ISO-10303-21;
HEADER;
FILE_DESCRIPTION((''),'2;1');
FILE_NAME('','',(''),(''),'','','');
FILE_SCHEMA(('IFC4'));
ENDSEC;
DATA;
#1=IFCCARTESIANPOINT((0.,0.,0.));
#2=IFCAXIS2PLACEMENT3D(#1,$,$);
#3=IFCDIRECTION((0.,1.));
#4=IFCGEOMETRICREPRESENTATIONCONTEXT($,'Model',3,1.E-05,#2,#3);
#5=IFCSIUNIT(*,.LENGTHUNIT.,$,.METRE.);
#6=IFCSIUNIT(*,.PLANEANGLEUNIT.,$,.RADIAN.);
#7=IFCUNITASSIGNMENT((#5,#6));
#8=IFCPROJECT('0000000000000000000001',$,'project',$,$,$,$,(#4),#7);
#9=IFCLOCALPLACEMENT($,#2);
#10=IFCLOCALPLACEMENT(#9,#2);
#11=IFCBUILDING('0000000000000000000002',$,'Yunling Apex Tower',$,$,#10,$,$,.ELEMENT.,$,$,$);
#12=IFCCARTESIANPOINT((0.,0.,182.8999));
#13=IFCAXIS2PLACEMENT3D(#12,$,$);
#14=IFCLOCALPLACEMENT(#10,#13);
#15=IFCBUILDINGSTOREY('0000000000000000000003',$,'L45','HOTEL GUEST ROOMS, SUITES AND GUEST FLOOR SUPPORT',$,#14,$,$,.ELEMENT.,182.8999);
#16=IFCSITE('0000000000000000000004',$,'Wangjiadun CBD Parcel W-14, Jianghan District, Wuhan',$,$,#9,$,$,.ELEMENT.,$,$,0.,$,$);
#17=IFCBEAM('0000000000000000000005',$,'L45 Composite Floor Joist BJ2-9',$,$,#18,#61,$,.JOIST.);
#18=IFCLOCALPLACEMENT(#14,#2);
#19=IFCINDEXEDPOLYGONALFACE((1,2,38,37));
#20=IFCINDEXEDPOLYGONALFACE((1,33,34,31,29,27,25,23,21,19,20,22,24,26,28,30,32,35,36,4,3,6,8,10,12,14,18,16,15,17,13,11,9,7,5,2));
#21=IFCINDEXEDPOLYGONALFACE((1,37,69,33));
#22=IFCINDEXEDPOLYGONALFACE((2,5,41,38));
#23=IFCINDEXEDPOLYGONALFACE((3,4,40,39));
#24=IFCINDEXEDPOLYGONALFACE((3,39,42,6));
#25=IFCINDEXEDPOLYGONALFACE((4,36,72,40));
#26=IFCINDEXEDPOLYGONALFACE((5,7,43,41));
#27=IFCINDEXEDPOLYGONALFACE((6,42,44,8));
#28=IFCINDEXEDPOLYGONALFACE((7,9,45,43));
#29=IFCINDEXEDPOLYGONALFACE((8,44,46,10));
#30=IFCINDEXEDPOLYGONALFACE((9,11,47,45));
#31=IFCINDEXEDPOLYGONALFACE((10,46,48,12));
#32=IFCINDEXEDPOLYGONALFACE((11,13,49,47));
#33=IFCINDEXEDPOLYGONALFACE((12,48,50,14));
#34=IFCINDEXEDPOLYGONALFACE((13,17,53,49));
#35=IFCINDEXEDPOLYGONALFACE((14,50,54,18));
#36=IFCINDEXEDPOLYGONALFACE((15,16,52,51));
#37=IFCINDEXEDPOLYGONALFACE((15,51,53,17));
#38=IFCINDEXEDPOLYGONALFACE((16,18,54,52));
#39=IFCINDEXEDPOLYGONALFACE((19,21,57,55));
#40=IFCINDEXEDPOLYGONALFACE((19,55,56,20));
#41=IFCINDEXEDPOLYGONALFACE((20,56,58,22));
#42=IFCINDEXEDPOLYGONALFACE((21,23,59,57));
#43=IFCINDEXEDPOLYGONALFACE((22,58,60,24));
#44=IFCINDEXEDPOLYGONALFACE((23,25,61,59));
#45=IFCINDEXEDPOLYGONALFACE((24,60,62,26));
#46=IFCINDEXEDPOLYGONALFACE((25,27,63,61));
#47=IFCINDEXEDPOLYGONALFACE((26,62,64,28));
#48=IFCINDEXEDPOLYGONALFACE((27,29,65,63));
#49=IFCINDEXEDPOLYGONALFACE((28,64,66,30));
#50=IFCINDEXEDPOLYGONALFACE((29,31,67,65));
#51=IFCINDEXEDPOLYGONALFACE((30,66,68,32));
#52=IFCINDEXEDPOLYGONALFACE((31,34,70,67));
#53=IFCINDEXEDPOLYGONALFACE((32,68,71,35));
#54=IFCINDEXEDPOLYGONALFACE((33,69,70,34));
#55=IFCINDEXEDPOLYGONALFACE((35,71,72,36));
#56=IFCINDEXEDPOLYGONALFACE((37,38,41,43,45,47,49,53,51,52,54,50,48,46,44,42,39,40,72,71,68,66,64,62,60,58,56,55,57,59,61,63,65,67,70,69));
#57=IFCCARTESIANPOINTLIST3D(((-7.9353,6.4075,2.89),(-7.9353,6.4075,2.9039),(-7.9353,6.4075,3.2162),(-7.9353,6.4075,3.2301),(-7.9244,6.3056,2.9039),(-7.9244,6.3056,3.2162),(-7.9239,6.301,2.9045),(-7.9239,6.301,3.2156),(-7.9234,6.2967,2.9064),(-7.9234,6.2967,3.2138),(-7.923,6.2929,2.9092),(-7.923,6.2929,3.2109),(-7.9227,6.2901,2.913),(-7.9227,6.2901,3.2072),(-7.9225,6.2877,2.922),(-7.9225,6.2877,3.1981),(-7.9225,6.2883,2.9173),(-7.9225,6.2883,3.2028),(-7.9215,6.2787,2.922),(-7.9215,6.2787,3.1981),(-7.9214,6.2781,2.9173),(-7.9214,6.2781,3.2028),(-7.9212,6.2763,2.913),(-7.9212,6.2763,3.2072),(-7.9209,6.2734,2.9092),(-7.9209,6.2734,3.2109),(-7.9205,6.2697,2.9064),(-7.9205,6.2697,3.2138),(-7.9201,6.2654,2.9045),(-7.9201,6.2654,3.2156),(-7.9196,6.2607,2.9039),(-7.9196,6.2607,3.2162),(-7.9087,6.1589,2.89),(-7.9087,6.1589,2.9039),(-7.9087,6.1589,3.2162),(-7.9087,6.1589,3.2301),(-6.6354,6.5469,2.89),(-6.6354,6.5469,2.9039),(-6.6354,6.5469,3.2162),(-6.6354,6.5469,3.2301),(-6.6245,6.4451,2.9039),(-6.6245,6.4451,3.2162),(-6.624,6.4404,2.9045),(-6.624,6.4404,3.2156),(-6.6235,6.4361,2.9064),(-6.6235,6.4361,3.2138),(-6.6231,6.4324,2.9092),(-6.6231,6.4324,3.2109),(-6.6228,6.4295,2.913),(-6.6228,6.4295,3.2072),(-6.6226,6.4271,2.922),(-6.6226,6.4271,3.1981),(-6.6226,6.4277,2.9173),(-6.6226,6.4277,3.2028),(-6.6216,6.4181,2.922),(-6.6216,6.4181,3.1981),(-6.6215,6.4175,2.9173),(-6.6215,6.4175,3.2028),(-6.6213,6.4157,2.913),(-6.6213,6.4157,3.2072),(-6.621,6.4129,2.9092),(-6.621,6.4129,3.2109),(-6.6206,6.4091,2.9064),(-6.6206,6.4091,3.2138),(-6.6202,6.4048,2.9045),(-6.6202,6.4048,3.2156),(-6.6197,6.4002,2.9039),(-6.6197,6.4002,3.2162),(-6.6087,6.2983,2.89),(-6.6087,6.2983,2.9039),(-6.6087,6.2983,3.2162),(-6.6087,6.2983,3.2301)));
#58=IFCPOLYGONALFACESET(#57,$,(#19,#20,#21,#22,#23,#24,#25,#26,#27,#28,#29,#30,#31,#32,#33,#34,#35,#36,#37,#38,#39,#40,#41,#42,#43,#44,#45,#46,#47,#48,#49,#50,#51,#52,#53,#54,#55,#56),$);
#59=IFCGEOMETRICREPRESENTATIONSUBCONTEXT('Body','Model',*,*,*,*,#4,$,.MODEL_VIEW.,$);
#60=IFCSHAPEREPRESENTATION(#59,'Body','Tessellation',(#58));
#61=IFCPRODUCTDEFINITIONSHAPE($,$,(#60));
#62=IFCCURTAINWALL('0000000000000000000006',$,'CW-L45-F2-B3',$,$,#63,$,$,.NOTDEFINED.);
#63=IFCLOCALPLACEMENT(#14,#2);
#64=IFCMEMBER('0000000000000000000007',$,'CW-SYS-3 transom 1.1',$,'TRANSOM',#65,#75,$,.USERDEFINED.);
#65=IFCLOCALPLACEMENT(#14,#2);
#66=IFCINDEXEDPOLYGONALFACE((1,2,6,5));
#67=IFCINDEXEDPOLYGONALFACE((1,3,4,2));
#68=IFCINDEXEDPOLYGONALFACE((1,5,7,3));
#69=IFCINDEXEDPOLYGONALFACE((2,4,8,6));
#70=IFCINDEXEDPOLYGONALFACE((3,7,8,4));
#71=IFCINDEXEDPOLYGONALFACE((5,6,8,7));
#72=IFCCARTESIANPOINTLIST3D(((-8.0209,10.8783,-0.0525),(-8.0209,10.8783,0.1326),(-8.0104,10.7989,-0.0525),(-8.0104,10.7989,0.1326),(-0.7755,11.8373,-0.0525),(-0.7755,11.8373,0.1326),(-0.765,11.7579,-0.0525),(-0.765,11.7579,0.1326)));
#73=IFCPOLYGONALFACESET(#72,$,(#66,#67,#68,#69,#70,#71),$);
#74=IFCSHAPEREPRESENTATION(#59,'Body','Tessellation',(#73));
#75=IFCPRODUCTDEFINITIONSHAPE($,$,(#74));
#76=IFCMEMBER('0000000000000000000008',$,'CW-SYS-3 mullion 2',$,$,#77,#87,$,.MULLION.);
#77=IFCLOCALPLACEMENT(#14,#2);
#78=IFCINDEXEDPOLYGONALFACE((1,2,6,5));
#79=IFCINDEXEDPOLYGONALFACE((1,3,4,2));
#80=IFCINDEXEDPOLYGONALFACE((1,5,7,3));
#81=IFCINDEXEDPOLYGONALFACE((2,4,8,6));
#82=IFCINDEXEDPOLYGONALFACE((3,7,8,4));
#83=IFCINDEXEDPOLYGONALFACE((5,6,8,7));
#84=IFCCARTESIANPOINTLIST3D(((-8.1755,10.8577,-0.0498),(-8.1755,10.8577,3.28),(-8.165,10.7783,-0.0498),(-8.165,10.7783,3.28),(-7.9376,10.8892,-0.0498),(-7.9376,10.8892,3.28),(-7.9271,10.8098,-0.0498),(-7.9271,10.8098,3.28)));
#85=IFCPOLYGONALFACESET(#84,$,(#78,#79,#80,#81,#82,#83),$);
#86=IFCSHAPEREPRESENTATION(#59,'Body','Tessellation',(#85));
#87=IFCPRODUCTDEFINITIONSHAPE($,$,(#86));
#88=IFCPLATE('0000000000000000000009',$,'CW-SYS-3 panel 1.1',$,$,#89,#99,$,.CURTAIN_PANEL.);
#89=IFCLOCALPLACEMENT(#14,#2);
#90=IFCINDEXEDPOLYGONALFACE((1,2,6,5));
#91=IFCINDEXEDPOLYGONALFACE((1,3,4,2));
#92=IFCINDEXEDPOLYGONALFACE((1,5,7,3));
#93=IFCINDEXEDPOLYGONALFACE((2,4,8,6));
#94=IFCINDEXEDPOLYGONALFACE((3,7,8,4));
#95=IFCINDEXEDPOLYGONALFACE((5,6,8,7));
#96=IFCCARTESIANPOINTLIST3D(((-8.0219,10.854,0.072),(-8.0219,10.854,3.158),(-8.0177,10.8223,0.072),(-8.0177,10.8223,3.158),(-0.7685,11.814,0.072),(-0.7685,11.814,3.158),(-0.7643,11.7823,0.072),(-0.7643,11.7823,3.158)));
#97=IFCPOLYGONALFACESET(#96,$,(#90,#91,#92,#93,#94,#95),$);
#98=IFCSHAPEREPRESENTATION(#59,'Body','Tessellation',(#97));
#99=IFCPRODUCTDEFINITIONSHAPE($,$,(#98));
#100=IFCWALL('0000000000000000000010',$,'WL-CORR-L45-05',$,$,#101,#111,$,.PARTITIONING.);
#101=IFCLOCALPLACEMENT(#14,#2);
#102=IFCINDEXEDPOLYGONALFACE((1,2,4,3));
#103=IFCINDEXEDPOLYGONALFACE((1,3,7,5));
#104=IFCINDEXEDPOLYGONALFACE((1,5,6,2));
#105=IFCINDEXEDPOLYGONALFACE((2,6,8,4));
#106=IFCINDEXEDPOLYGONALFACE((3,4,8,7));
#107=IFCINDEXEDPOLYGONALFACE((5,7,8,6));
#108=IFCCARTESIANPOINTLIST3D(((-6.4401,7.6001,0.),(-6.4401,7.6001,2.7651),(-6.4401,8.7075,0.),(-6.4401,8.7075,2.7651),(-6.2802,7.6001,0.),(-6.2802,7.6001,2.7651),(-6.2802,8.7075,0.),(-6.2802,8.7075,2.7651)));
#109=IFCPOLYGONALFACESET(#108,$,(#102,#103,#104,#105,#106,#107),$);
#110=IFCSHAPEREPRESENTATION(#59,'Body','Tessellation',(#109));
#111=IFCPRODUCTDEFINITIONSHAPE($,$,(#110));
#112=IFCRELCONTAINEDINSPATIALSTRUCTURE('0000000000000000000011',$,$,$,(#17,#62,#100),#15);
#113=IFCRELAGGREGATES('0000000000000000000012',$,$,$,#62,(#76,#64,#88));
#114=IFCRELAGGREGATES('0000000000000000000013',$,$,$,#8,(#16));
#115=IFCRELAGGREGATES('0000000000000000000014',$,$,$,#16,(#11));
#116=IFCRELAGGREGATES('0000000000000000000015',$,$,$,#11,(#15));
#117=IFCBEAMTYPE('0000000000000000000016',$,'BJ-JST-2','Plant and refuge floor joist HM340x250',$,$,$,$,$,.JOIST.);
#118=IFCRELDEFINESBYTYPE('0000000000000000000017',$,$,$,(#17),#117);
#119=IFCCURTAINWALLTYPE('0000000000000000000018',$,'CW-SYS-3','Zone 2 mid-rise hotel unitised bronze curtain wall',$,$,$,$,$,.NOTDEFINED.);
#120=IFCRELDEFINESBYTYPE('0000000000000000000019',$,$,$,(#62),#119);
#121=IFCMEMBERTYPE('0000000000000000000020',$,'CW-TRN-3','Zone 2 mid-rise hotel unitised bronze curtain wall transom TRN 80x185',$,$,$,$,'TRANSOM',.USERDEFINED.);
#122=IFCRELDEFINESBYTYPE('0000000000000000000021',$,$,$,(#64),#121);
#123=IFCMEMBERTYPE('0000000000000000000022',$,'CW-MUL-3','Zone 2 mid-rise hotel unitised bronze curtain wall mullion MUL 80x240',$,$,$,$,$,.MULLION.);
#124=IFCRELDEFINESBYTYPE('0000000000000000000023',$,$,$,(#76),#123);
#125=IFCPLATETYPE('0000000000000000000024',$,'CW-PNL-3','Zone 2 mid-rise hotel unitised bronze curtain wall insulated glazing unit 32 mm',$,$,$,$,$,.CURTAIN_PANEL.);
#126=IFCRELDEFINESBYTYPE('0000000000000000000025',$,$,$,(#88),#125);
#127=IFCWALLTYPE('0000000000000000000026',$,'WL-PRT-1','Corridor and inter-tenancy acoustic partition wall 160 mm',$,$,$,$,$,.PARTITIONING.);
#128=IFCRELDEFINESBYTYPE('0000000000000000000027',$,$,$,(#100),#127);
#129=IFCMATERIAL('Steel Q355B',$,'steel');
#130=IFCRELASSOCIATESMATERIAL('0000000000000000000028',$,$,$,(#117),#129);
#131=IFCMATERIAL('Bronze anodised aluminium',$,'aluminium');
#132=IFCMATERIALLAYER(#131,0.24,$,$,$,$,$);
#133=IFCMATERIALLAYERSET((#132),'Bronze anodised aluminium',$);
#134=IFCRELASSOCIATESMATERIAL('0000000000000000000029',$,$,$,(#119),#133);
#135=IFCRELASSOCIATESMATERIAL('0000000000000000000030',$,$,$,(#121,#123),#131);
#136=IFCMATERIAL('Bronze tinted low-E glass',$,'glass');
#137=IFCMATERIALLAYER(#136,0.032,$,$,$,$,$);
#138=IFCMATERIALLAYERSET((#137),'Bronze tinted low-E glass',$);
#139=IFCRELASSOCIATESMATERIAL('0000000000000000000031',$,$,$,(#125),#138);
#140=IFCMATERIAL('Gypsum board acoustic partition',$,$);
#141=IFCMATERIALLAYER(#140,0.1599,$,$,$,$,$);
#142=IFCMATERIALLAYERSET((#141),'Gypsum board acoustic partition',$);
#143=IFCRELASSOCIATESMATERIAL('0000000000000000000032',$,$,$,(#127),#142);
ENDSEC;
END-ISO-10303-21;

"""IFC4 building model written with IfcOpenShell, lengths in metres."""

from ifc_helpers import new_model, si_unit, direction, frame, frame_2d, origin, origin_2d, place, context, subcontext, project, spatial, rectangle, i_section, extrude, source, transform, mapped, material, layer, layer_set, material_profile, profile_set, type_object, element, aggregate, save


model = new_model("IFC4")

# Units and contexts
model_context = context("Model", 3, precision=1e-05, world=origin(), true_north=direction((0.0, 1.0)))
body_context = subcontext(model_context, "Body", "Model", "MODEL_VIEW")
ifc_project = project(units=[si_unit("LENGTHUNIT", "METRE"), si_unit("PLANEANGLEUNIT", "RADIAN")], contexts=[model_context])

# Site, building, storey
site_placement = place(None, origin())
site = spatial("IfcSite", under=ifc_project, at=site_placement, Name="Wangjiadun CBD Parcel W-14, Jianghan District, Wuhan", CompositionType="ELEMENT", RefElevation=0.0)
building_placement = place(site_placement, origin())
building = spatial("IfcBuilding", under=site, at=building_placement, Name="Yunling Apex Tower", CompositionType="ELEMENT")
storey_placement = place(building_placement, frame((0.0, 0.0, 182.8999)))
storey = spatial("IfcBuildingStorey", under=building, at=storey_placement, Name="L45", Description="HOTEL GUEST ROOMS, SUITES AND GUEST FLOOR SUPPORT", CompositionType="ELEMENT", Elevation=182.8999)

# Beam
ifc_material_1 = material(Name="Steel Q355B", Category="steel")
ifc_material_profile_1 = material_profile(ifc_material_1, i_section(OverallWidth=0.25, OverallDepth=0.3401, WebThickness=0.009, FlangeThickness=0.0139, FilletRadius=0.0181, at=origin_2d()))
ifc_profile_set_1 = profile_set([ifc_material_profile_1], Name="Steel Q355B")
beam_type_1 = type_object("IfcBeamType", Name="BJ-JST-2", Description="Plant and refuge floor joist HM340x250", PredefinedType="JOIST", material=ifc_profile_set_1)
shared_shape_1 = source(origin(), body_context, "Body", "SweptSolid", [
    extrude(i_section(OverallWidth=0.25, OverallDepth=0.3401, WebThickness=0.009, FlangeThickness=0.0139, FilletRadius=0.0181, at=origin_2d()), origin(), (0.0, 0.0, 1.0), 1.3074),
])
beam_1_placement = place(storey_placement, frame((-6.6221, 6.4226, 3.0601), z_axis=(-0.994298, -0.106639, 0.0), x_axis=(0.106639, -0.994298, 0.0)))
element("IfcBeam", 1, at=beam_1_placement, inside=storey, type_object=beam_type_1, Name="L45 Composite Floor Joist BJ2-9", PredefinedType="JOIST", context=body_context, shape_type="MappedRepresentation", body=[
    mapped(shared_shape_1, transform((0.0, 0.0, 0.0), scale=1.0)),
])

# Curtain wall, members, plate
ifc_material_2 = material(Name="Bronze anodised aluminium", Category="aluminium")
ifc_layer_1 = layer(ifc_material_2, 0.24)
ifc_layer_set_1 = layer_set([ifc_layer_1], Name="Bronze anodised aluminium")
curtain_wall_type = type_object("IfcCurtainWallType", Name="CW-SYS-3", Description="Zone 2 mid-rise hotel unitised bronze curtain wall", PredefinedType="NOTDEFINED", material=ifc_layer_set_1)
curtain_wall_placement = place(storey_placement, origin())
curtain_wall = element("IfcCurtainWall", 2, at=curtain_wall_placement, inside=storey, type_object=curtain_wall_type, Name="CW-L45-F2-B3", PredefinedType="NOTDEFINED")
ifc_material_profile_2 = material_profile(ifc_material_2, rectangle(XDim=0.0801, YDim=0.1851, at=origin_2d()))
ifc_profile_set_2 = profile_set([ifc_material_profile_2], Name="Bronze anodised aluminium")
member_type_1 = type_object("IfcMemberType", Name="CW-TRN-3", Description="Zone 2 mid-rise hotel unitised bronze curtain wall transom TRN 80x185", ElementType="TRANSOM", PredefinedType="USERDEFINED", material=ifc_profile_set_2)
shared_shape_2 = source(origin(), body_context, "Body", "SweptSolid", [
    extrude(rectangle(XDim=0.0801, YDim=0.1851, at=origin_2d()), origin(), (0.0, 0.0, 1.0), 7.3086),
])
member_1_placement = place(storey_placement, frame((-0.7703, 11.7976, 0.04), z_axis=(-0.991354, -0.131214, 0.0), x_axis=(0.131214, -0.991354, 0.0)))
member_1 = element("IfcMember", 3, at=member_1_placement, type_object=member_type_1, Name="CW-SYS-3 transom 1.1", ObjectType="TRANSOM", PredefinedType="USERDEFINED", context=body_context, shape_type="MappedRepresentation", body=[
    mapped(shared_shape_2, transform((0.0, 0.0, 0.0), scale=1.0)),
])
ifc_material_profile_3 = material_profile(ifc_material_2, rectangle(XDim=0.0801, YDim=0.24, at=origin_2d()))
ifc_profile_set_3 = profile_set([ifc_material_profile_3], Name="Bronze anodised aluminium")
member_type_2 = type_object("IfcMemberType", Name="CW-MUL-3", Description="Zone 2 mid-rise hotel unitised bronze curtain wall mullion MUL 80x240", PredefinedType="MULLION", material=ifc_profile_set_3)
shared_shape_3 = source(origin(), body_context, "Body", "SweptSolid", [
    extrude(rectangle(XDim=0.0801, YDim=0.24, at=origin_2d()), origin(), (0.0, 0.0, 1.0), 3.3298),
])
member_2_placement = place(storey_placement, frame((-8.0513, 10.8337, -0.0498), z_axis=(0.0, 0.0, 1.0), x_axis=(0.131209, -0.991355, 0.0)))
member_2 = element("IfcMember", 4, at=member_2_placement, type_object=member_type_2, Name="CW-SYS-3 mullion 2", PredefinedType="MULLION", context=body_context, shape_type="MappedRepresentation", body=[
    mapped(shared_shape_3, transform((0.0, 0.0, 0.0), scale=1.0)),
])
ifc_material_3 = material(Name="Bronze tinted low-E glass", Category="glass")
ifc_layer_2 = layer(ifc_material_3, 0.032)
ifc_layer_set_2 = layer_set([ifc_layer_2], Name="Bronze tinted low-E glass")
plate_type = type_object("IfcPlateType", Name="CW-PNL-3", Description="Zone 2 mid-rise hotel unitised bronze curtain wall insulated glazing unit 32 mm", PredefinedType="CURTAIN_PANEL", material=ifc_layer_set_2)
shared_shape_4 = source(origin(), body_context, "Body", "SweptSolid", [
    extrude(rectangle(XDim=7.3167, YDim=0.032, at=origin_2d()), origin(), (0.0, 0.0, 1.0), 3.0859),
])
plate_placement = place(storey_placement, frame((-4.3931, 11.3181, 0.072), z_axis=(0.0, 0.0, 1.0), x_axis=(-0.991355, -0.131209, 0.0)))
plate = element("IfcPlate", 5, at=plate_placement, type_object=plate_type, Name="CW-SYS-3 panel 1.1", PredefinedType="CURTAIN_PANEL", context=body_context, shape_type="MappedRepresentation", body=[
    mapped(shared_shape_4, transform((0.0, 0.0, 0.0), scale=1.0)),
])
aggregate(curtain_wall, [member_2, member_1, plate])

# Wall
ifc_material_4 = material(Name="Gypsum board acoustic partition")
ifc_layer_3 = layer(ifc_material_4, 0.1599)
ifc_layer_set_3 = layer_set([ifc_layer_3], Name="Gypsum board acoustic partition")
wall_type_1 = type_object("IfcWallType", Name="WL-PRT-1", Description="Corridor and inter-tenancy acoustic partition wall 160 mm", PredefinedType="PARTITIONING", material=ifc_layer_set_3)
wall_1_placement = place(storey_placement, frame((-6.3601, 8.7075, 0.0), z_axis=(0.0, 0.0, 1.0), x_axis=(0.0, -1.0, 0.0)))
element("IfcWall", 6, at=wall_1_placement, inside=storey, type_object=wall_type_1, Name="WL-CORR-L45-05", PredefinedType="PARTITIONING", context=body_context, shape_type="SweptSolid", body=[
    extrude(rectangle(XDim=1.1074, YDim=0.1599, at=frame_2d((0.5537, 0.0))), origin(), (0.0, 0.0, 1.0), 2.7651),
])

save(model, "model.ifc")
